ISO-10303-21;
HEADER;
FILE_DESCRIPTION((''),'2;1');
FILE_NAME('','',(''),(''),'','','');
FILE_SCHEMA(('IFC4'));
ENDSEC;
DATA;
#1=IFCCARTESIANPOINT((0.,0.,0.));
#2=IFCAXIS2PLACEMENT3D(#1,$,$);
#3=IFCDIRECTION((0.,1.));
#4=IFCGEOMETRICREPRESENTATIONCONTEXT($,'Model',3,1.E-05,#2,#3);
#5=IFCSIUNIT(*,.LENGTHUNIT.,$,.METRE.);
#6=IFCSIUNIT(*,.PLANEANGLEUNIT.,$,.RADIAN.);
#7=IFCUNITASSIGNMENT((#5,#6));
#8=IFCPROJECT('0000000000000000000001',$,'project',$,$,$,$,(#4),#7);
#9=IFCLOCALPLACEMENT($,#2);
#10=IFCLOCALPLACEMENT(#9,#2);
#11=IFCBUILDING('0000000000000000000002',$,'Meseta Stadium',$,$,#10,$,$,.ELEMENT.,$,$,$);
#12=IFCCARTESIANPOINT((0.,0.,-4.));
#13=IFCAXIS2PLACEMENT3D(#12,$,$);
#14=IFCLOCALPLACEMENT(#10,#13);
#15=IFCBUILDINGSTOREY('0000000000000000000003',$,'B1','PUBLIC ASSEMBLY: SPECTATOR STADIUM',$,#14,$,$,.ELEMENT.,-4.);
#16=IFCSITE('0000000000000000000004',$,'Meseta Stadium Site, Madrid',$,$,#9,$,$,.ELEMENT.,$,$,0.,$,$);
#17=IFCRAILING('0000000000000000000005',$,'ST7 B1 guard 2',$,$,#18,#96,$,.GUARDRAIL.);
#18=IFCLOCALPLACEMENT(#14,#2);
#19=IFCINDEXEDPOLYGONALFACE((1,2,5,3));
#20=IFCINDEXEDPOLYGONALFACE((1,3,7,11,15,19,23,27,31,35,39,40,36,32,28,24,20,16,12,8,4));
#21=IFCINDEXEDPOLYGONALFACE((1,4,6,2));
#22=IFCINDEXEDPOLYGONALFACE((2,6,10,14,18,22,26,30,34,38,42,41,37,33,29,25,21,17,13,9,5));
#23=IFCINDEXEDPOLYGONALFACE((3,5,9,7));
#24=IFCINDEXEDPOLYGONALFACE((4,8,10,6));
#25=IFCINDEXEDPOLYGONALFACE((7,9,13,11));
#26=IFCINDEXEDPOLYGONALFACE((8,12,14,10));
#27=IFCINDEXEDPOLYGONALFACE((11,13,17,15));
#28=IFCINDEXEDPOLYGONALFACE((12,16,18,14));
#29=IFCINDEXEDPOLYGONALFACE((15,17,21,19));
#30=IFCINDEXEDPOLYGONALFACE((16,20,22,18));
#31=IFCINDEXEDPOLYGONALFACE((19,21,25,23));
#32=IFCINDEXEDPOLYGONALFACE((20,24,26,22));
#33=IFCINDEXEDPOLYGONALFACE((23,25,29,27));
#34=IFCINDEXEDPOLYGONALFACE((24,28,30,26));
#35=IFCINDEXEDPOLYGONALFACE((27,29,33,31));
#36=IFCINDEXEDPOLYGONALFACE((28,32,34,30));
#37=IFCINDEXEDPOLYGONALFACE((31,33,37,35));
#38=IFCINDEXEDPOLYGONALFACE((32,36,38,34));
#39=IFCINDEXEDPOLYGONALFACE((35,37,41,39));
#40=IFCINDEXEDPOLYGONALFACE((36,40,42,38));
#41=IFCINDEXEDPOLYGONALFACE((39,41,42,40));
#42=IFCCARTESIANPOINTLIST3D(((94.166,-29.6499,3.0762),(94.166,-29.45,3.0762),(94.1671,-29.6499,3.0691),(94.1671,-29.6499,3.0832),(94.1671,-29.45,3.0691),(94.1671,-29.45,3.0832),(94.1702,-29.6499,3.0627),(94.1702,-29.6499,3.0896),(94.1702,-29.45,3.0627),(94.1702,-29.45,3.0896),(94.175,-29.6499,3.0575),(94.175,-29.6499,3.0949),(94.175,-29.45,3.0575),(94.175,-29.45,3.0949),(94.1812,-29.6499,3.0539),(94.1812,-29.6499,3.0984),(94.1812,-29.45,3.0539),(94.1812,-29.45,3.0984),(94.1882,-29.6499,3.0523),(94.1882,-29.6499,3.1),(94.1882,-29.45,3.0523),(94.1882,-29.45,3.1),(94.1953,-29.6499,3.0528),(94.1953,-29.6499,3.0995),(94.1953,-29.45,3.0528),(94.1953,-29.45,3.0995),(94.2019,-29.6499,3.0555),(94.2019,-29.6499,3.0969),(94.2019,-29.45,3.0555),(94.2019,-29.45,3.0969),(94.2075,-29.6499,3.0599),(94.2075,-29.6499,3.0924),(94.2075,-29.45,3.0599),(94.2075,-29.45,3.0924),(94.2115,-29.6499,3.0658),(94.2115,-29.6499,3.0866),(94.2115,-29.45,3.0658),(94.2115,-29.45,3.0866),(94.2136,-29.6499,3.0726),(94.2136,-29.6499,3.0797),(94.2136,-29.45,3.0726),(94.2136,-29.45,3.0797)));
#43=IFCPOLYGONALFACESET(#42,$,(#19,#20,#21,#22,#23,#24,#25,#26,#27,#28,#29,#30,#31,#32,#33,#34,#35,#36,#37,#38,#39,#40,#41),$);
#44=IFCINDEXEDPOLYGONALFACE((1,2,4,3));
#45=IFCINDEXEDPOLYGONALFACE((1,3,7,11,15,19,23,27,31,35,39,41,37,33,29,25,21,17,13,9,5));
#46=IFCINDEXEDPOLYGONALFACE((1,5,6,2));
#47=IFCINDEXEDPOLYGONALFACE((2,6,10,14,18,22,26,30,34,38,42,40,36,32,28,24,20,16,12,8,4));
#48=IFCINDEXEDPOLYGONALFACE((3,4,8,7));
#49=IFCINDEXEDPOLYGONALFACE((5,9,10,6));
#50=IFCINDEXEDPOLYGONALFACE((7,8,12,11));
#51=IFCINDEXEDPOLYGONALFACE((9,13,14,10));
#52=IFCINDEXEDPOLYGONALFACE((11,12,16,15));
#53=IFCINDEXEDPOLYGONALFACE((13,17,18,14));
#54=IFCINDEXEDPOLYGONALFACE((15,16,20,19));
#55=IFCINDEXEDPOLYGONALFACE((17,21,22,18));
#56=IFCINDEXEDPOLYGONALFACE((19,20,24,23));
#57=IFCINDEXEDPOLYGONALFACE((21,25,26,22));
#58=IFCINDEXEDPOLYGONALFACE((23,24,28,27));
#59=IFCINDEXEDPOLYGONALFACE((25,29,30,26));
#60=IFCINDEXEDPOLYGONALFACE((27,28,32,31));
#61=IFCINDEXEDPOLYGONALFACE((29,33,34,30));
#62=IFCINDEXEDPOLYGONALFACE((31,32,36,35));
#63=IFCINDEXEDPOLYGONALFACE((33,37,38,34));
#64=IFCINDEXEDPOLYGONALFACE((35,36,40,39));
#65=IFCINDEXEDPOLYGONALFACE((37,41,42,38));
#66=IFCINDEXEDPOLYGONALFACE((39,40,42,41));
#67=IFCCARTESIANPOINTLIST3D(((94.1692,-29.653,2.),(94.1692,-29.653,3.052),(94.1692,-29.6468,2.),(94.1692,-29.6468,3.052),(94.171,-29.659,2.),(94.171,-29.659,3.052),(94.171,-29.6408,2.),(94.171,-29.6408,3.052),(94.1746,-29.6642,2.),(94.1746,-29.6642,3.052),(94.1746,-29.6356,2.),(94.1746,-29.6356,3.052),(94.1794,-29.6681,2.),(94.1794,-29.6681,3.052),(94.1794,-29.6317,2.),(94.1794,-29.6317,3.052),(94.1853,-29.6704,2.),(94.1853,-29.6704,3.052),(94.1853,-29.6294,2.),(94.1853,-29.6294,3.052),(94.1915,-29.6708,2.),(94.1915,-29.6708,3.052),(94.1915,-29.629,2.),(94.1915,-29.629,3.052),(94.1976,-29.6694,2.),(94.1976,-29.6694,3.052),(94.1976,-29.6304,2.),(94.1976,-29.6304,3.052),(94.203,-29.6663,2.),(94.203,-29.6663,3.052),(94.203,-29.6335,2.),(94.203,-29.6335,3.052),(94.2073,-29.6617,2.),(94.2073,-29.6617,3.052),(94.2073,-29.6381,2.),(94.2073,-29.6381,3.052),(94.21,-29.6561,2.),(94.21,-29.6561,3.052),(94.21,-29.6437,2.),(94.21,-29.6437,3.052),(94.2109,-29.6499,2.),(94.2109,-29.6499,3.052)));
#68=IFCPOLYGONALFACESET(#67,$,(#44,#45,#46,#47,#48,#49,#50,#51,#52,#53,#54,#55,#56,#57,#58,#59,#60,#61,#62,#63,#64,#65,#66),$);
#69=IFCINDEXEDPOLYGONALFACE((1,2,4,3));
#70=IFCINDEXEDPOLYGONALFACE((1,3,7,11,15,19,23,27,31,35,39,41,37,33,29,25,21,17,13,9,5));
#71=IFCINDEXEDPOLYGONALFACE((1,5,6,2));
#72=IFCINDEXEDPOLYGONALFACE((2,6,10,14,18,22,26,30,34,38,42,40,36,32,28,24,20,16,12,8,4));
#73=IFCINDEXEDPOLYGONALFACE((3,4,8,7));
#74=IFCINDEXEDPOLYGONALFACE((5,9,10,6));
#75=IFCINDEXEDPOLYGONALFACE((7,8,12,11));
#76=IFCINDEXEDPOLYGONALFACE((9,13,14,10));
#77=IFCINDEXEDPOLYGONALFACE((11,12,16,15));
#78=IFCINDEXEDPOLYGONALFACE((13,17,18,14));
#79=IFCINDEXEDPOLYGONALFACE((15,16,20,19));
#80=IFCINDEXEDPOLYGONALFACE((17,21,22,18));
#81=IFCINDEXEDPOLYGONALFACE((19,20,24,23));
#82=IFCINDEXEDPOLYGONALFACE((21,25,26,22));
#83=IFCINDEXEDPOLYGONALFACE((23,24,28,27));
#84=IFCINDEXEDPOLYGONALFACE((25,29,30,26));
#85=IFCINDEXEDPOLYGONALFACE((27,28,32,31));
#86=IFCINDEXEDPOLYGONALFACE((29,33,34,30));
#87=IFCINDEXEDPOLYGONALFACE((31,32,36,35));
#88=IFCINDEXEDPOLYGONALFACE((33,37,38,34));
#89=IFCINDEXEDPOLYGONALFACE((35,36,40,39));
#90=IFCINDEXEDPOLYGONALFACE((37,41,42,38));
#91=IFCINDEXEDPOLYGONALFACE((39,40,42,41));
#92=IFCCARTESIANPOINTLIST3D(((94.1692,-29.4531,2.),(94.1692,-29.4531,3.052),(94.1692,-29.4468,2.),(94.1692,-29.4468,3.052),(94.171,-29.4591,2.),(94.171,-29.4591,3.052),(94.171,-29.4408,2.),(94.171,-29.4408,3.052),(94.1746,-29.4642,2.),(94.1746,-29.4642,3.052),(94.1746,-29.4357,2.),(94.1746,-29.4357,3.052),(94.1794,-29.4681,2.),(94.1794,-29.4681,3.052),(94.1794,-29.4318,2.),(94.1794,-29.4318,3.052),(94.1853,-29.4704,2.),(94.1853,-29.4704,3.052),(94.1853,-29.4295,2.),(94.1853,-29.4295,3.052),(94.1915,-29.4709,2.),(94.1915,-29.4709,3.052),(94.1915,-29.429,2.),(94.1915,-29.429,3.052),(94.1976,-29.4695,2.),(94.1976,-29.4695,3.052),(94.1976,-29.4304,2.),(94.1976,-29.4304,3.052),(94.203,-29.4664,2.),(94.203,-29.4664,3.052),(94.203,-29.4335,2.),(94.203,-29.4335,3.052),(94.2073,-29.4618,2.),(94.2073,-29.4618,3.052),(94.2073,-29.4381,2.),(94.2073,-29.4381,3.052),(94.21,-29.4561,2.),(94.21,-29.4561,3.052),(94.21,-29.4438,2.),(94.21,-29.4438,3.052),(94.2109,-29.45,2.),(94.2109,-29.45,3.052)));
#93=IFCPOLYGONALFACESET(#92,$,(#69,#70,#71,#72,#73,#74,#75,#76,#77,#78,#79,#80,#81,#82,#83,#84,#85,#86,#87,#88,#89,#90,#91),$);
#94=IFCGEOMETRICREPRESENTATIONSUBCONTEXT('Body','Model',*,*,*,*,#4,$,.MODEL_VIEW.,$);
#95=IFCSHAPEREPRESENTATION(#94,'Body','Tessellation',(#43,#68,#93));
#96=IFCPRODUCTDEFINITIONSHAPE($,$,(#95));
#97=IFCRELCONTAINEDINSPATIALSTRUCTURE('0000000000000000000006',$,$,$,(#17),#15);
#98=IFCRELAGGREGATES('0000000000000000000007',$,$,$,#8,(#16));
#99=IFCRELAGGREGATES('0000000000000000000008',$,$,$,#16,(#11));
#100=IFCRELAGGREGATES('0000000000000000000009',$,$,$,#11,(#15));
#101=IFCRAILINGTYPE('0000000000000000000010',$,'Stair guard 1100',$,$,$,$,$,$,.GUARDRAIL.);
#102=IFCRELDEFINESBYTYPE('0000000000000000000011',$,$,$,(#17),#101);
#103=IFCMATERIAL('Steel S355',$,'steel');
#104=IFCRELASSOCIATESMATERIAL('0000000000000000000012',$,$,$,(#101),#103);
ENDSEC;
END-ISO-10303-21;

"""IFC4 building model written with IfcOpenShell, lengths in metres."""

from ifc_helpers import new_model, si_unit, direction, frame, origin, origin_2d, place, context, subcontext, project, spatial, circle, extrude, material, type_object, element, save


model = new_model("IFC4")

# Units and contexts
model_context = context("Model", 3, precision=1e-05, world=origin(), true_north=direction((0.0, 1.0)))
body_context = subcontext(model_context, "Body", "Model", "MODEL_VIEW")
ifc_project = project(units=[si_unit("LENGTHUNIT", "METRE"), si_unit("PLANEANGLEUNIT", "RADIAN")], contexts=[model_context])

# Site, building, storey
site_placement = place(None, origin())
site = spatial("IfcSite", under=ifc_project, at=site_placement, Name="Meseta Stadium Site, Madrid", CompositionType="ELEMENT", RefElevation=0.0)
building_placement = place(site_placement, origin())
building = spatial("IfcBuilding", under=site, at=building_placement, Name="Meseta Stadium", CompositionType="ELEMENT")
storey_placement = place(building_placement, frame((0.0, 0.0, -4.0)))
storey = spatial("IfcBuildingStorey", under=building, at=storey_placement, Name="B1", Description="PUBLIC ASSEMBLY: SPECTATOR STADIUM", CompositionType="ELEMENT", Elevation=-4.0)

# Railing
ifc_material_1 = material(Name="Steel S355", Category="steel")
railing_type_1 = type_object("IfcRailingType", Name="Stair guard 1100", PredefinedType="GUARDRAIL", material=ifc_material_1)
railing_1_placement = place(storey_placement, frame((94.1899, -29.6499, 2.0)))
element("IfcRailing", 1, at=railing_1_placement, inside=storey, type_object=railing_type_1, Name="ST7 B1 guard 2", PredefinedType="GUARDRAIL", context=body_context, shape_type="SweptSolid", body=[
    extrude(circle(Radius=0.0239, at=origin_2d()), frame((0.0, 0.0, 1.0762), z_axis=(0.0, 1.0, 0.0), x_axis=(-1.0, 0.0, 0.0)), (0.0, 0.0, 1.0), 0.2),
    extrude(circle(Radius=0.021, at=origin_2d()), origin(), (0.0, 0.0, 1.0), 1.052),
    extrude(circle(Radius=0.021, at=origin_2d()), frame((0.0, 0.2, 0.0)), (0.0, 0.0, 1.0), 1.052),
])

save(model, "model.ifc")
